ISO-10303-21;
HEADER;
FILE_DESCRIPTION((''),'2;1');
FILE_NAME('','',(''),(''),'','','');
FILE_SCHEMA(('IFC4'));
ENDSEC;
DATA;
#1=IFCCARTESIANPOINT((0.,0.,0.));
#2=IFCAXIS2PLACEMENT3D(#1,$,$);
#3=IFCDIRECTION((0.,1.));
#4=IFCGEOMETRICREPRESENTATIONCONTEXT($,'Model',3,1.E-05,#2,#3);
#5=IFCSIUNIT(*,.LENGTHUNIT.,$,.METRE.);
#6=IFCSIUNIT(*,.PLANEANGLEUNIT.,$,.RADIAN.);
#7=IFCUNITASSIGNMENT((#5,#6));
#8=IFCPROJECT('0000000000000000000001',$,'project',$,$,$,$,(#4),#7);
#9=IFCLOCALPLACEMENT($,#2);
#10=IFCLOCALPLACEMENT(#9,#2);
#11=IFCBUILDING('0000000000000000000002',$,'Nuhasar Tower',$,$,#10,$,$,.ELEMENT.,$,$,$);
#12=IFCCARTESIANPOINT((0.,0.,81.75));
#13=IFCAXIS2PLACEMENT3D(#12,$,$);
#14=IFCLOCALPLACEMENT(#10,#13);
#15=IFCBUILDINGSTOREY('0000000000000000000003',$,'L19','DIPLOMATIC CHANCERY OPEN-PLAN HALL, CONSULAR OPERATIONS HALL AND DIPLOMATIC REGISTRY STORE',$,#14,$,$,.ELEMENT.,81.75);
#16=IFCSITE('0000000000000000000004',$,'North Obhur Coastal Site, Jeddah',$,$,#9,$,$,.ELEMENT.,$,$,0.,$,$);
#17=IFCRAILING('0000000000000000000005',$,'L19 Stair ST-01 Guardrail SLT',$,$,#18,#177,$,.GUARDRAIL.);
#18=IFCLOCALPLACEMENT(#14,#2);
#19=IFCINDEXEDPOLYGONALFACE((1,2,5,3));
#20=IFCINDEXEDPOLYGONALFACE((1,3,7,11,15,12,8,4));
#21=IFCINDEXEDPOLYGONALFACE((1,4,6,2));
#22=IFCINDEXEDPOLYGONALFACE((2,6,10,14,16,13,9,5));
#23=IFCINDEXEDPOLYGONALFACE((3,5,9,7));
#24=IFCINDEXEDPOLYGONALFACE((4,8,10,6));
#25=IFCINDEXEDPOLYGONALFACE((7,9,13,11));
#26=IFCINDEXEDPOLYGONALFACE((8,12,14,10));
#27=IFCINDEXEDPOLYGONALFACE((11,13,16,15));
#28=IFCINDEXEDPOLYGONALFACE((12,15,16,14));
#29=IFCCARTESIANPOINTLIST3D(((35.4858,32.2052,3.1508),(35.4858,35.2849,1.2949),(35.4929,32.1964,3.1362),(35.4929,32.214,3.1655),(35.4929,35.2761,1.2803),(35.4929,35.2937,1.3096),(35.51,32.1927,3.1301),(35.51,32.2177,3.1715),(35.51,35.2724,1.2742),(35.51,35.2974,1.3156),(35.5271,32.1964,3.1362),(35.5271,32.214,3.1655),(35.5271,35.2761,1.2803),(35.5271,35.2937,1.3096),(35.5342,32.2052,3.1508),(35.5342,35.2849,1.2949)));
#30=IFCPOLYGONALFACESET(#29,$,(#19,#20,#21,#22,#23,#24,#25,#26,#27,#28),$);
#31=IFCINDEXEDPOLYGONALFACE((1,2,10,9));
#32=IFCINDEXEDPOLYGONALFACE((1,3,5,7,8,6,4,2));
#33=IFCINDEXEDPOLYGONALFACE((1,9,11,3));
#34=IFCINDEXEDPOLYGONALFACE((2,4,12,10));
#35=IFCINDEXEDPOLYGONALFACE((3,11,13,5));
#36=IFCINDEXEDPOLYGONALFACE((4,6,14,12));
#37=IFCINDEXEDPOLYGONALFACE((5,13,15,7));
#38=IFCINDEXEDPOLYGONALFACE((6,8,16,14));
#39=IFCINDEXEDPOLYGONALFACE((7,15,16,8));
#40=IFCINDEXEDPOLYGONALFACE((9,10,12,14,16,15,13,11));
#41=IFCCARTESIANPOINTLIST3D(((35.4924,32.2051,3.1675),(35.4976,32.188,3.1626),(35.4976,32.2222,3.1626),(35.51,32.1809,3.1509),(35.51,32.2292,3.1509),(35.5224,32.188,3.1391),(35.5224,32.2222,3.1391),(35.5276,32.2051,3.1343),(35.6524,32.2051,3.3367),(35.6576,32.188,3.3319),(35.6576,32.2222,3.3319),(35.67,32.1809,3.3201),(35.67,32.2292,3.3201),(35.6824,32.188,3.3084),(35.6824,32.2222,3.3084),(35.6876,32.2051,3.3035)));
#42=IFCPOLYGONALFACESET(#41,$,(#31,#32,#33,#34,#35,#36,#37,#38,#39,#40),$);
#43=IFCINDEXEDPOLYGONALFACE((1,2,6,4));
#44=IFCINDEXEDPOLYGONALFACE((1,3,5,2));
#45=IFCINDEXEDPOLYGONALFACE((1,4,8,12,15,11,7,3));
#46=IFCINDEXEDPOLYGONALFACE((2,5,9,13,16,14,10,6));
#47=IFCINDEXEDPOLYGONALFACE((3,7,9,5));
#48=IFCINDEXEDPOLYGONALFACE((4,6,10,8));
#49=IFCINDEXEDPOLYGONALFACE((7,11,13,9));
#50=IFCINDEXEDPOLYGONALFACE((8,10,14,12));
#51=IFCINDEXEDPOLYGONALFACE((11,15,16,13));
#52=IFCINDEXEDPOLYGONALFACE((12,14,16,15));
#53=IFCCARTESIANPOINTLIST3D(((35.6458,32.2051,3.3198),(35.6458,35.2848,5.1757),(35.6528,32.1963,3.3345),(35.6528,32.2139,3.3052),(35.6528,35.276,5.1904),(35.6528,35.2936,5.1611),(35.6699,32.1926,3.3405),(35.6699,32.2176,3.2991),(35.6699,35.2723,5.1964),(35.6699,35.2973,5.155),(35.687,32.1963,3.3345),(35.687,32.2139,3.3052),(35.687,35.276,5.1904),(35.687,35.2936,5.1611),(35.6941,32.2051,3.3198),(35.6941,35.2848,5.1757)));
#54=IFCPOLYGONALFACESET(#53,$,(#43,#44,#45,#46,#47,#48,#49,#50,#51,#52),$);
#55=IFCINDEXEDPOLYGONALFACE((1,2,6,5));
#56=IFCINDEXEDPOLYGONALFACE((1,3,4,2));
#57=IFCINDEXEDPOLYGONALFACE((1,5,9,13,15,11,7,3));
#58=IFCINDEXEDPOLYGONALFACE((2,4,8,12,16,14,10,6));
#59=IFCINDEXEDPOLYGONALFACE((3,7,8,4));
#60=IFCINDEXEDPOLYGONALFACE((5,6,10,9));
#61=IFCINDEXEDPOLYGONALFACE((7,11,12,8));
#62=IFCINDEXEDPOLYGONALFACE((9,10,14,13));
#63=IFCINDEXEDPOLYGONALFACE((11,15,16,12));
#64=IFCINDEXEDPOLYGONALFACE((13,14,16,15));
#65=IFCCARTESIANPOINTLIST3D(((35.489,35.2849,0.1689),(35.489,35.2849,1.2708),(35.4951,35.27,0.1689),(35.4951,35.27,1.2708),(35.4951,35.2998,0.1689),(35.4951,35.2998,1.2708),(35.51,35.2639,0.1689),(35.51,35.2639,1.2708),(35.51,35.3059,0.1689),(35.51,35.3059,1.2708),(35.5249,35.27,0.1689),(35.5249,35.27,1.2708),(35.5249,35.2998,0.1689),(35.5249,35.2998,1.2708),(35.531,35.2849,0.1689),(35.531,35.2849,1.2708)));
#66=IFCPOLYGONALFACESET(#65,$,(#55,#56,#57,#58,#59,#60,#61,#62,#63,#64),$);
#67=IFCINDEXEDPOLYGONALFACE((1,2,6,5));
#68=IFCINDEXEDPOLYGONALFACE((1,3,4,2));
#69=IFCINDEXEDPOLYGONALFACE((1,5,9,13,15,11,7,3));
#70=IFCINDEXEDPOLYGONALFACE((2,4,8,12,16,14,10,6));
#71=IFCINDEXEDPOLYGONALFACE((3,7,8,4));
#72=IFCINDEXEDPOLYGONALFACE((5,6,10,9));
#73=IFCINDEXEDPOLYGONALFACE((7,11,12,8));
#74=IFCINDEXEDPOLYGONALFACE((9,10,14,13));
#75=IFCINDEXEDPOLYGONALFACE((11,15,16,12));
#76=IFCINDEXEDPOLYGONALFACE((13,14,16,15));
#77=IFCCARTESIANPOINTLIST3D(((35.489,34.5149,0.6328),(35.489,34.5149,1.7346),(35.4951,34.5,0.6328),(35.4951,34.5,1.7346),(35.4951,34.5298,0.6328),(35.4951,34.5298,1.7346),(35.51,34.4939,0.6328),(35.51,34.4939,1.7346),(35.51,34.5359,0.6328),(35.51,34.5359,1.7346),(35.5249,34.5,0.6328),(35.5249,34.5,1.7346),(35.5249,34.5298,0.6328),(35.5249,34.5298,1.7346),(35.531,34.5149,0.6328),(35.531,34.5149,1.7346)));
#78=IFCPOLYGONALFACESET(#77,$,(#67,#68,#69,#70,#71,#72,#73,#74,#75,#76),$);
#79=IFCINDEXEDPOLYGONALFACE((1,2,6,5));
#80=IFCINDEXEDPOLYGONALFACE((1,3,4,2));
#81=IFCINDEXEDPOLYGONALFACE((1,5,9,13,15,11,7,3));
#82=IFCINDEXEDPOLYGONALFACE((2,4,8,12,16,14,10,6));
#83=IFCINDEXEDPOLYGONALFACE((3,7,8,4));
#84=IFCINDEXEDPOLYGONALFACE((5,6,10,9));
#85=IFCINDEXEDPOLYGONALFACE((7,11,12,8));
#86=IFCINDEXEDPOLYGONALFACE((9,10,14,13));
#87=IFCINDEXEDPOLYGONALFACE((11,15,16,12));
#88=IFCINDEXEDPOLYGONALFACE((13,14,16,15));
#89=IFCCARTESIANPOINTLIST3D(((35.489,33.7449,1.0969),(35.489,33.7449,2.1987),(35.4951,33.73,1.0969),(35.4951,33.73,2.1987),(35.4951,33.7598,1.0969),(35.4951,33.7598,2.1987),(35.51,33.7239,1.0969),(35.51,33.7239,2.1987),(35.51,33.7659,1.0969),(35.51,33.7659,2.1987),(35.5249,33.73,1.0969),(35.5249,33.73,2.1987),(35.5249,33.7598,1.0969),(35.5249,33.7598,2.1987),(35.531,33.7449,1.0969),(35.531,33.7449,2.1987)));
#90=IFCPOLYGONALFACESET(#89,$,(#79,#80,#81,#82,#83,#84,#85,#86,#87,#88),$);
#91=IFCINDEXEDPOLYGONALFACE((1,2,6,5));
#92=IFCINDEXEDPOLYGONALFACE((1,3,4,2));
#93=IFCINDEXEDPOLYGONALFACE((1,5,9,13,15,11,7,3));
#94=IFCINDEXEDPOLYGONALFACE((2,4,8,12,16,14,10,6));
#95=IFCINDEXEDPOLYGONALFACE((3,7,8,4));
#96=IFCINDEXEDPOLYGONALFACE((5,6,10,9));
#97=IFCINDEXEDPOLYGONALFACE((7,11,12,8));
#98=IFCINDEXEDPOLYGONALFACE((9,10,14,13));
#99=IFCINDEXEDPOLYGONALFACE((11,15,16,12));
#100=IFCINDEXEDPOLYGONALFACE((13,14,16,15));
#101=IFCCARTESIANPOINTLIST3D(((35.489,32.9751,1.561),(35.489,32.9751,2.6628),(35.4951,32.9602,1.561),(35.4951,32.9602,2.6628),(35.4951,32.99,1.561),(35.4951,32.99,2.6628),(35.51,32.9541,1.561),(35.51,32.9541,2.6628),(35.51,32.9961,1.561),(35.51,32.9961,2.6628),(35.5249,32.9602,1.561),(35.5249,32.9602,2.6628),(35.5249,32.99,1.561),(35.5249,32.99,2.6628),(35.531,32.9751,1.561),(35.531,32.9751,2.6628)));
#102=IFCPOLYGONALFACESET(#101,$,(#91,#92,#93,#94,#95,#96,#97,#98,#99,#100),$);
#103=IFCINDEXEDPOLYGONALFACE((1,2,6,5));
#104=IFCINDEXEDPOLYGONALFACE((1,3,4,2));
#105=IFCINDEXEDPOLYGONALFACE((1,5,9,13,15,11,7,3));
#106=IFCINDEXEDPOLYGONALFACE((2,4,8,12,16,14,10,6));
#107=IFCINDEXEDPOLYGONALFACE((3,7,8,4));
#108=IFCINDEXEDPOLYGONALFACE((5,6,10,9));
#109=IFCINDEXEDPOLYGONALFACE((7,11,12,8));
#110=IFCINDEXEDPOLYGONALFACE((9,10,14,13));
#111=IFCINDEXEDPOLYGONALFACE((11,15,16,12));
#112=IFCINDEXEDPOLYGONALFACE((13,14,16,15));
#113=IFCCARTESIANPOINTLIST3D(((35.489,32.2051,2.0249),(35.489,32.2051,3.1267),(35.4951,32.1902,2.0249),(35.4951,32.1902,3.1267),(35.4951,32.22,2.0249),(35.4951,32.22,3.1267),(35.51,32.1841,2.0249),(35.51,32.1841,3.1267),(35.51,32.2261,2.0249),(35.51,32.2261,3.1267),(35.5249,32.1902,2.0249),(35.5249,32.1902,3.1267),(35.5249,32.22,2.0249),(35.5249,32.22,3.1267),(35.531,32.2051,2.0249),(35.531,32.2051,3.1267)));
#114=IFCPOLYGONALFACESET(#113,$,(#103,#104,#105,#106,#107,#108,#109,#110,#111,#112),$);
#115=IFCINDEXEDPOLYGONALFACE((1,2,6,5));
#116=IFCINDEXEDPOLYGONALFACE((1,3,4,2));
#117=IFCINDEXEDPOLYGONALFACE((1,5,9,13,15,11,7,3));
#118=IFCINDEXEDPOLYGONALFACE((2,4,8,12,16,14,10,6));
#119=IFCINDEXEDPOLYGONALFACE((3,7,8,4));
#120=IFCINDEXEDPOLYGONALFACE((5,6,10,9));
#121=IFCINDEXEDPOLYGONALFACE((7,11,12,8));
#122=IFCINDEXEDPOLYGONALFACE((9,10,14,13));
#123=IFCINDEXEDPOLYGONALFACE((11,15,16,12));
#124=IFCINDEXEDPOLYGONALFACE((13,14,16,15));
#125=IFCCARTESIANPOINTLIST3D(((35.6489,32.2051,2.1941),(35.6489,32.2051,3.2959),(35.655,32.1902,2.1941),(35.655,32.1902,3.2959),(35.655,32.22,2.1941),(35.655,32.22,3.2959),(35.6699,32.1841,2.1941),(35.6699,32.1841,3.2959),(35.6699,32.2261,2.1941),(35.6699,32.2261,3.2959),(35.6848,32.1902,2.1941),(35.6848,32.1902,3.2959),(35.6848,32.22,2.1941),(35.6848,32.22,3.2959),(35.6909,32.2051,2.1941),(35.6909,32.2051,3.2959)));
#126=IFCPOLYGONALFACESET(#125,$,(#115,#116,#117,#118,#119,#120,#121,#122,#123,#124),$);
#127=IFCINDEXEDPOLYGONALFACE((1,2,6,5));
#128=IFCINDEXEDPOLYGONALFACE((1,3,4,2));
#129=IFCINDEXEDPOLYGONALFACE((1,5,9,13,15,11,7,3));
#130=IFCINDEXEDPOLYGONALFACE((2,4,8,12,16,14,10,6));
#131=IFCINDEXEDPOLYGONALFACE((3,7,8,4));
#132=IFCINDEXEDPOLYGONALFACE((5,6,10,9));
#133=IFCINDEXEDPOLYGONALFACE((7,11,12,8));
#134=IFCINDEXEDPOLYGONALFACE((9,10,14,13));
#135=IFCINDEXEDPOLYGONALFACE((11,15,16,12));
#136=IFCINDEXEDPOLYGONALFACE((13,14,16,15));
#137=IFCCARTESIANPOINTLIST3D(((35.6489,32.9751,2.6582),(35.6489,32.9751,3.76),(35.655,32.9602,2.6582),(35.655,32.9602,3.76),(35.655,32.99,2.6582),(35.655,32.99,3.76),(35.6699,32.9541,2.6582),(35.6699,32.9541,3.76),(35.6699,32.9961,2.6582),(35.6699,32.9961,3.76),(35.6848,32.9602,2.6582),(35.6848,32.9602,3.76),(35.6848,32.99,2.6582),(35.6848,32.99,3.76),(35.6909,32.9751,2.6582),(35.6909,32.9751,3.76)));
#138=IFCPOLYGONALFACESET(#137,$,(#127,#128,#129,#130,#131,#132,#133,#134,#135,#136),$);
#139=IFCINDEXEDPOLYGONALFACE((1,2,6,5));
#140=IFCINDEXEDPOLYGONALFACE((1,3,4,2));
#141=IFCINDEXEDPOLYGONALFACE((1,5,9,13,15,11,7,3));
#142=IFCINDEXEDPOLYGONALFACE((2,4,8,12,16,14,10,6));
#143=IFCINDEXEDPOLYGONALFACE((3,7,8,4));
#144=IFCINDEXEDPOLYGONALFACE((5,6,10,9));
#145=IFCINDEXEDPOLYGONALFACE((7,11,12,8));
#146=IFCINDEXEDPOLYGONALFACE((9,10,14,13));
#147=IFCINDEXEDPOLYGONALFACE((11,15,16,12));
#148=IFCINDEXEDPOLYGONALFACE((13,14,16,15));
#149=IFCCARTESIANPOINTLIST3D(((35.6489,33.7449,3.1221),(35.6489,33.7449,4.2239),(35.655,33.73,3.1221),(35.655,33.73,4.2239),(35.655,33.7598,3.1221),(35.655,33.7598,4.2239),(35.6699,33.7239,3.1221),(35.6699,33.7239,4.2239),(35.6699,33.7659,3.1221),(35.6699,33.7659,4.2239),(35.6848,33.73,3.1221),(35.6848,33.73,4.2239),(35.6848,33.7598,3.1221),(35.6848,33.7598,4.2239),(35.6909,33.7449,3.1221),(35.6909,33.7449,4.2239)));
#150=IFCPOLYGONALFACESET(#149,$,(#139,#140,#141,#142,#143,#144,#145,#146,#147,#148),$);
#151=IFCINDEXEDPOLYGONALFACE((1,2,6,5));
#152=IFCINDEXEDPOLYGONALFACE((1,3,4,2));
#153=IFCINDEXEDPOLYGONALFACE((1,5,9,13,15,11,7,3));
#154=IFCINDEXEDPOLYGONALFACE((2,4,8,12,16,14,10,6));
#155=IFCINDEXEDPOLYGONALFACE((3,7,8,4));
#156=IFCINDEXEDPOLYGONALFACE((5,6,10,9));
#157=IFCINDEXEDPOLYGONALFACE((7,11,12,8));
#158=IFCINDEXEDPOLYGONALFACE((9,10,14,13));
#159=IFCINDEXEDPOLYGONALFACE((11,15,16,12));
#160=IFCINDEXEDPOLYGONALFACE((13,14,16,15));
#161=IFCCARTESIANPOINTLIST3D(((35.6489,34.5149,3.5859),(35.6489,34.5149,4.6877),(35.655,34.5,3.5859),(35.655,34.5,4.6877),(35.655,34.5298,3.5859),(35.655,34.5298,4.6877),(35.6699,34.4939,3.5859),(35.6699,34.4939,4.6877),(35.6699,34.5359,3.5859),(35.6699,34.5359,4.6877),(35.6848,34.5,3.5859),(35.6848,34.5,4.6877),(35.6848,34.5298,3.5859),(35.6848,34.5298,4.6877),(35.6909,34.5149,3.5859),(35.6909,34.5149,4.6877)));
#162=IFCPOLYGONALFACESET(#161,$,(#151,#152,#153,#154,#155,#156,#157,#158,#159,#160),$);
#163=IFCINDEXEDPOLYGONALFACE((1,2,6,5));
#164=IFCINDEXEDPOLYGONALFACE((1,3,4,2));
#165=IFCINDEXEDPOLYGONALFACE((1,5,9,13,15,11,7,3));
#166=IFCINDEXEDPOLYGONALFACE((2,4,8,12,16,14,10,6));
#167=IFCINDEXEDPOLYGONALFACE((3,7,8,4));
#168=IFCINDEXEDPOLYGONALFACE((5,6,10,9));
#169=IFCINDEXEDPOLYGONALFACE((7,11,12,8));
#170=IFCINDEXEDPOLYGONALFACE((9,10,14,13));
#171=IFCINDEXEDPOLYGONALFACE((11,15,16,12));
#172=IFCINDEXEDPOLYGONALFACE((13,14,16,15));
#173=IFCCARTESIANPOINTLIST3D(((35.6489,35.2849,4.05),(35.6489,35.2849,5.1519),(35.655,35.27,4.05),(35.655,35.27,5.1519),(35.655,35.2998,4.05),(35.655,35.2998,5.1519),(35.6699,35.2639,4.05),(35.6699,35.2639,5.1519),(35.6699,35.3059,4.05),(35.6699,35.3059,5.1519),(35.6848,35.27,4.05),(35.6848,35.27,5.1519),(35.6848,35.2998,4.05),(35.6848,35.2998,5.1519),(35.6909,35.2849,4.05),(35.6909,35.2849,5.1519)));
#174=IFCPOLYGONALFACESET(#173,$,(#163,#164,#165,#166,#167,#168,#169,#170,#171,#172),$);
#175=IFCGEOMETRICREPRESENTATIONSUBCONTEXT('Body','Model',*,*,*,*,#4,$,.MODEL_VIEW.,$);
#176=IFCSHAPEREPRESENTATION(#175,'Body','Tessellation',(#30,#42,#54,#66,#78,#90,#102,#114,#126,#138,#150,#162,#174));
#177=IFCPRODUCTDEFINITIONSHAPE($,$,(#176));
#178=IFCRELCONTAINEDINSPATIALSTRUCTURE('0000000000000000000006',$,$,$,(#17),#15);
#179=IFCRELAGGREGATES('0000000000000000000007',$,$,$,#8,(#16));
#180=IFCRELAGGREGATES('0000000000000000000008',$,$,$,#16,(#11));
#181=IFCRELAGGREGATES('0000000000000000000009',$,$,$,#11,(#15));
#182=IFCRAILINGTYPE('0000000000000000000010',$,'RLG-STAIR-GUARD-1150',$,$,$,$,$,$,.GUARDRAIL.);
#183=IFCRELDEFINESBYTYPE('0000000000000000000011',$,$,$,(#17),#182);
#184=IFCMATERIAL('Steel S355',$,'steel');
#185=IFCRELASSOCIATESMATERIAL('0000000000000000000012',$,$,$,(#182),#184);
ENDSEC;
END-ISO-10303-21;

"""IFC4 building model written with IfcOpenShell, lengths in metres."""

from ifc_helpers import new_model, si_unit, direction, frame, origin, place, context, subcontext, project, spatial, polyline, outline, extrude, material, type_object, element, save


model = new_model("IFC4")

# Units and contexts
model_context = context("Model", 3, precision=1e-05, world=origin(), true_north=direction((0.0, 1.0)))
body_context = subcontext(model_context, "Body", "Model", "MODEL_VIEW")
ifc_project = project(units=[si_unit("LENGTHUNIT", "METRE"), si_unit("PLANEANGLEUNIT", "RADIAN")], contexts=[model_context])

# Site, building, storey
site_placement = place(None, origin())
site = spatial("IfcSite", under=ifc_project, at=site_placement, Name="North Obhur Coastal Site, Jeddah", CompositionType="ELEMENT", RefElevation=0.0)
building_placement = place(site_placement, origin())
building = spatial("IfcBuilding", under=site, at=building_placement, Name="Nuhasar Tower", CompositionType="ELEMENT")
storey_placement = place(building_placement, frame((0.0, 0.0, 81.75)))
storey = spatial("IfcBuildingStorey", under=building, at=storey_placement, Name="L19", Description="DIPLOMATIC CHANCERY OPEN-PLAN HALL, CONSULAR OPERATIONS HALL AND DIPLOMATIC REGISTRY STORE", CompositionType="ELEMENT", Elevation=81.75)

# Shared definitions
ifc_material_1 = material(Name="Steel S355", Category="steel")

# Railing
railing_type_1 = type_object("IfcRailingType", Name="RLG-STAIR-GUARD-1150", PredefinedType="GUARDRAIL", material=ifc_material_1)
railing_1_placement = place(storey_placement, frame((35.51, 35.2849, 0.1689)))
element("IfcRailing", 1, at=railing_1_placement, inside=storey, type_object=railing_type_1, Name="L19 Stair ST-01 Guardrail SLT", PredefinedType="GUARDRAIL", context=body_context, shape_type="SweptSolid", body=[
    extrude(outline(polyline([(0.0242, 0.0), (0.0171, 0.0171), (0.0, 0.0242), (-0.0171, 0.0171), (-0.0242, 0.0), (-0.0171, -0.0171), (0.0, -0.0242), (0.0171, -0.0171), (0.0242, 0.0)])), frame((0.0, 0.0, 1.126), z_axis=(0.0, -0.856503, 0.516142), x_axis=(1.0, 0.0, 0.0)), (0.0, 0.0, 1.0), 3.5957),
    extrude(outline(polyline([(0.0242, 0.0), (0.0171, 0.0171), (0.0, 0.0242), (-0.0171, 0.0171), (-0.0242, 0.0), (-0.0171, -0.0171), (0.0, -0.0242), (0.0171, -0.0171), (0.0242, 0.0)])), frame((0.0, -3.0798, 2.9819), z_axis=(0.686901, 0.0, 0.726751), x_axis=(0.0, 1.0, 0.0)), (0.0, 0.0, 1.0), 0.2329),
    extrude(outline(polyline([(0.0242, 0.0), (0.0171, 0.0171), (0.0, 0.0242), (-0.0171, 0.0171), (-0.0242, 0.0), (-0.0171, -0.0171), (0.0, -0.0242), (0.0171, -0.0171), (0.0242, 0.0)])), frame((0.1599, -3.0798, 3.1509), z_axis=(0.0, 0.856503, 0.516142), x_axis=(-1.0, 0.0, 0.0)), (0.0, 0.0, 1.0), 3.5957),
    extrude(outline(polyline([(0.021, 0.0), (0.0149, 0.0149), (0.0, 0.021), (-0.0149, 0.0149), (-0.021, 0.0), (-0.0149, -0.0149), (0.0, -0.021), (0.0149, -0.0149), (0.021, 0.0)])), origin(), (0.0, 0.0, 1.0), 1.1018),
    extrude(outline(polyline([(0.021, 0.0), (0.0149, 0.0149), (0.0, 0.021), (-0.0149, 0.0149), (-0.021, 0.0), (-0.0149, -0.0149), (0.0, -0.021), (0.0149, -0.0149), (0.021, 0.0)])), frame((0.0, -0.77, 0.4639)), (0.0, 0.0, 1.0), 1.1018),
    extrude(outline(polyline([(0.021, 0.0), (0.0149, 0.0149), (0.0, 0.021), (-0.0149, 0.0149), (-0.021, 0.0), (-0.0149, -0.0149), (0.0, -0.021), (0.0149, -0.0149), (0.021, 0.0)])), frame((0.0, -1.54, 0.928)), (0.0, 0.0, 1.0), 1.1018),
    extrude(outline(polyline([(0.021, 0.0), (0.0149, 0.0149), (0.0, 0.021), (-0.0149, 0.0149), (-0.021, 0.0), (-0.0149, -0.0149), (0.0, -0.021), (0.0149, -0.0149), (0.021, 0.0)])), frame((0.0, -2.3098, 1.3921)), (0.0, 0.0, 1.0), 1.1018),
    extrude(outline(polyline([(0.021, 0.0), (0.0149, 0.0149), (0.0, 0.021), (-0.0149, 0.0149), (-0.021, 0.0), (-0.0149, -0.0149), (0.0, -0.021), (0.0149, -0.0149), (0.021, 0.0)])), frame((0.0, -3.0798, 1.856)), (0.0, 0.0, 1.0), 1.1018),
    extrude(outline(polyline([(0.021, 0.0), (0.0149, 0.0149), (0.0, 0.021), (-0.0149, 0.0149), (-0.021, 0.0), (-0.0149, -0.0149), (0.0, -0.021), (0.0149, -0.0149), (0.021, 0.0)])), frame((0.1599, -3.0798, 2.0251)), (0.0, 0.0, 1.0), 1.1018),
    extrude(outline(polyline([(0.021, 0.0), (0.0149, 0.0149), (0.0, 0.021), (-0.0149, 0.0149), (-0.021, 0.0), (-0.0149, -0.0149), (0.0, -0.021), (0.0149, -0.0149), (0.021, 0.0)])), frame((0.1599, -2.3098, 2.4893)), (0.0, 0.0, 1.0), 1.1018),
    extrude(outline(polyline([(0.021, 0.0), (0.0149, 0.0149), (0.0, 0.021), (-0.0149, 0.0149), (-0.021, 0.0), (-0.0149, -0.0149), (0.0, -0.021), (0.0149, -0.0149), (0.021, 0.0)])), frame((0.1599, -1.54, 2.9531)), (0.0, 0.0, 1.0), 1.1018),
    extrude(outline(polyline([(0.021, 0.0), (0.0149, 0.0149), (0.0, 0.021), (-0.0149, 0.0149), (-0.021, 0.0), (-0.0149, -0.0149), (0.0, -0.021), (0.0149, -0.0149), (0.021, 0.0)])), frame((0.1599, -0.77, 3.417)), (0.0, 0.0, 1.0), 1.1018),
    extrude(outline(polyline([(0.021, 0.0), (0.0149, 0.0149), (0.0, 0.021), (-0.0149, 0.0149), (-0.021, 0.0), (-0.0149, -0.0149), (0.0, -0.021), (0.0149, -0.0149), (0.021, 0.0)])), frame((0.1599, 0.0, 3.8811)), (0.0, 0.0, 1.0), 1.1018),
])

save(model, "model.ifc")
